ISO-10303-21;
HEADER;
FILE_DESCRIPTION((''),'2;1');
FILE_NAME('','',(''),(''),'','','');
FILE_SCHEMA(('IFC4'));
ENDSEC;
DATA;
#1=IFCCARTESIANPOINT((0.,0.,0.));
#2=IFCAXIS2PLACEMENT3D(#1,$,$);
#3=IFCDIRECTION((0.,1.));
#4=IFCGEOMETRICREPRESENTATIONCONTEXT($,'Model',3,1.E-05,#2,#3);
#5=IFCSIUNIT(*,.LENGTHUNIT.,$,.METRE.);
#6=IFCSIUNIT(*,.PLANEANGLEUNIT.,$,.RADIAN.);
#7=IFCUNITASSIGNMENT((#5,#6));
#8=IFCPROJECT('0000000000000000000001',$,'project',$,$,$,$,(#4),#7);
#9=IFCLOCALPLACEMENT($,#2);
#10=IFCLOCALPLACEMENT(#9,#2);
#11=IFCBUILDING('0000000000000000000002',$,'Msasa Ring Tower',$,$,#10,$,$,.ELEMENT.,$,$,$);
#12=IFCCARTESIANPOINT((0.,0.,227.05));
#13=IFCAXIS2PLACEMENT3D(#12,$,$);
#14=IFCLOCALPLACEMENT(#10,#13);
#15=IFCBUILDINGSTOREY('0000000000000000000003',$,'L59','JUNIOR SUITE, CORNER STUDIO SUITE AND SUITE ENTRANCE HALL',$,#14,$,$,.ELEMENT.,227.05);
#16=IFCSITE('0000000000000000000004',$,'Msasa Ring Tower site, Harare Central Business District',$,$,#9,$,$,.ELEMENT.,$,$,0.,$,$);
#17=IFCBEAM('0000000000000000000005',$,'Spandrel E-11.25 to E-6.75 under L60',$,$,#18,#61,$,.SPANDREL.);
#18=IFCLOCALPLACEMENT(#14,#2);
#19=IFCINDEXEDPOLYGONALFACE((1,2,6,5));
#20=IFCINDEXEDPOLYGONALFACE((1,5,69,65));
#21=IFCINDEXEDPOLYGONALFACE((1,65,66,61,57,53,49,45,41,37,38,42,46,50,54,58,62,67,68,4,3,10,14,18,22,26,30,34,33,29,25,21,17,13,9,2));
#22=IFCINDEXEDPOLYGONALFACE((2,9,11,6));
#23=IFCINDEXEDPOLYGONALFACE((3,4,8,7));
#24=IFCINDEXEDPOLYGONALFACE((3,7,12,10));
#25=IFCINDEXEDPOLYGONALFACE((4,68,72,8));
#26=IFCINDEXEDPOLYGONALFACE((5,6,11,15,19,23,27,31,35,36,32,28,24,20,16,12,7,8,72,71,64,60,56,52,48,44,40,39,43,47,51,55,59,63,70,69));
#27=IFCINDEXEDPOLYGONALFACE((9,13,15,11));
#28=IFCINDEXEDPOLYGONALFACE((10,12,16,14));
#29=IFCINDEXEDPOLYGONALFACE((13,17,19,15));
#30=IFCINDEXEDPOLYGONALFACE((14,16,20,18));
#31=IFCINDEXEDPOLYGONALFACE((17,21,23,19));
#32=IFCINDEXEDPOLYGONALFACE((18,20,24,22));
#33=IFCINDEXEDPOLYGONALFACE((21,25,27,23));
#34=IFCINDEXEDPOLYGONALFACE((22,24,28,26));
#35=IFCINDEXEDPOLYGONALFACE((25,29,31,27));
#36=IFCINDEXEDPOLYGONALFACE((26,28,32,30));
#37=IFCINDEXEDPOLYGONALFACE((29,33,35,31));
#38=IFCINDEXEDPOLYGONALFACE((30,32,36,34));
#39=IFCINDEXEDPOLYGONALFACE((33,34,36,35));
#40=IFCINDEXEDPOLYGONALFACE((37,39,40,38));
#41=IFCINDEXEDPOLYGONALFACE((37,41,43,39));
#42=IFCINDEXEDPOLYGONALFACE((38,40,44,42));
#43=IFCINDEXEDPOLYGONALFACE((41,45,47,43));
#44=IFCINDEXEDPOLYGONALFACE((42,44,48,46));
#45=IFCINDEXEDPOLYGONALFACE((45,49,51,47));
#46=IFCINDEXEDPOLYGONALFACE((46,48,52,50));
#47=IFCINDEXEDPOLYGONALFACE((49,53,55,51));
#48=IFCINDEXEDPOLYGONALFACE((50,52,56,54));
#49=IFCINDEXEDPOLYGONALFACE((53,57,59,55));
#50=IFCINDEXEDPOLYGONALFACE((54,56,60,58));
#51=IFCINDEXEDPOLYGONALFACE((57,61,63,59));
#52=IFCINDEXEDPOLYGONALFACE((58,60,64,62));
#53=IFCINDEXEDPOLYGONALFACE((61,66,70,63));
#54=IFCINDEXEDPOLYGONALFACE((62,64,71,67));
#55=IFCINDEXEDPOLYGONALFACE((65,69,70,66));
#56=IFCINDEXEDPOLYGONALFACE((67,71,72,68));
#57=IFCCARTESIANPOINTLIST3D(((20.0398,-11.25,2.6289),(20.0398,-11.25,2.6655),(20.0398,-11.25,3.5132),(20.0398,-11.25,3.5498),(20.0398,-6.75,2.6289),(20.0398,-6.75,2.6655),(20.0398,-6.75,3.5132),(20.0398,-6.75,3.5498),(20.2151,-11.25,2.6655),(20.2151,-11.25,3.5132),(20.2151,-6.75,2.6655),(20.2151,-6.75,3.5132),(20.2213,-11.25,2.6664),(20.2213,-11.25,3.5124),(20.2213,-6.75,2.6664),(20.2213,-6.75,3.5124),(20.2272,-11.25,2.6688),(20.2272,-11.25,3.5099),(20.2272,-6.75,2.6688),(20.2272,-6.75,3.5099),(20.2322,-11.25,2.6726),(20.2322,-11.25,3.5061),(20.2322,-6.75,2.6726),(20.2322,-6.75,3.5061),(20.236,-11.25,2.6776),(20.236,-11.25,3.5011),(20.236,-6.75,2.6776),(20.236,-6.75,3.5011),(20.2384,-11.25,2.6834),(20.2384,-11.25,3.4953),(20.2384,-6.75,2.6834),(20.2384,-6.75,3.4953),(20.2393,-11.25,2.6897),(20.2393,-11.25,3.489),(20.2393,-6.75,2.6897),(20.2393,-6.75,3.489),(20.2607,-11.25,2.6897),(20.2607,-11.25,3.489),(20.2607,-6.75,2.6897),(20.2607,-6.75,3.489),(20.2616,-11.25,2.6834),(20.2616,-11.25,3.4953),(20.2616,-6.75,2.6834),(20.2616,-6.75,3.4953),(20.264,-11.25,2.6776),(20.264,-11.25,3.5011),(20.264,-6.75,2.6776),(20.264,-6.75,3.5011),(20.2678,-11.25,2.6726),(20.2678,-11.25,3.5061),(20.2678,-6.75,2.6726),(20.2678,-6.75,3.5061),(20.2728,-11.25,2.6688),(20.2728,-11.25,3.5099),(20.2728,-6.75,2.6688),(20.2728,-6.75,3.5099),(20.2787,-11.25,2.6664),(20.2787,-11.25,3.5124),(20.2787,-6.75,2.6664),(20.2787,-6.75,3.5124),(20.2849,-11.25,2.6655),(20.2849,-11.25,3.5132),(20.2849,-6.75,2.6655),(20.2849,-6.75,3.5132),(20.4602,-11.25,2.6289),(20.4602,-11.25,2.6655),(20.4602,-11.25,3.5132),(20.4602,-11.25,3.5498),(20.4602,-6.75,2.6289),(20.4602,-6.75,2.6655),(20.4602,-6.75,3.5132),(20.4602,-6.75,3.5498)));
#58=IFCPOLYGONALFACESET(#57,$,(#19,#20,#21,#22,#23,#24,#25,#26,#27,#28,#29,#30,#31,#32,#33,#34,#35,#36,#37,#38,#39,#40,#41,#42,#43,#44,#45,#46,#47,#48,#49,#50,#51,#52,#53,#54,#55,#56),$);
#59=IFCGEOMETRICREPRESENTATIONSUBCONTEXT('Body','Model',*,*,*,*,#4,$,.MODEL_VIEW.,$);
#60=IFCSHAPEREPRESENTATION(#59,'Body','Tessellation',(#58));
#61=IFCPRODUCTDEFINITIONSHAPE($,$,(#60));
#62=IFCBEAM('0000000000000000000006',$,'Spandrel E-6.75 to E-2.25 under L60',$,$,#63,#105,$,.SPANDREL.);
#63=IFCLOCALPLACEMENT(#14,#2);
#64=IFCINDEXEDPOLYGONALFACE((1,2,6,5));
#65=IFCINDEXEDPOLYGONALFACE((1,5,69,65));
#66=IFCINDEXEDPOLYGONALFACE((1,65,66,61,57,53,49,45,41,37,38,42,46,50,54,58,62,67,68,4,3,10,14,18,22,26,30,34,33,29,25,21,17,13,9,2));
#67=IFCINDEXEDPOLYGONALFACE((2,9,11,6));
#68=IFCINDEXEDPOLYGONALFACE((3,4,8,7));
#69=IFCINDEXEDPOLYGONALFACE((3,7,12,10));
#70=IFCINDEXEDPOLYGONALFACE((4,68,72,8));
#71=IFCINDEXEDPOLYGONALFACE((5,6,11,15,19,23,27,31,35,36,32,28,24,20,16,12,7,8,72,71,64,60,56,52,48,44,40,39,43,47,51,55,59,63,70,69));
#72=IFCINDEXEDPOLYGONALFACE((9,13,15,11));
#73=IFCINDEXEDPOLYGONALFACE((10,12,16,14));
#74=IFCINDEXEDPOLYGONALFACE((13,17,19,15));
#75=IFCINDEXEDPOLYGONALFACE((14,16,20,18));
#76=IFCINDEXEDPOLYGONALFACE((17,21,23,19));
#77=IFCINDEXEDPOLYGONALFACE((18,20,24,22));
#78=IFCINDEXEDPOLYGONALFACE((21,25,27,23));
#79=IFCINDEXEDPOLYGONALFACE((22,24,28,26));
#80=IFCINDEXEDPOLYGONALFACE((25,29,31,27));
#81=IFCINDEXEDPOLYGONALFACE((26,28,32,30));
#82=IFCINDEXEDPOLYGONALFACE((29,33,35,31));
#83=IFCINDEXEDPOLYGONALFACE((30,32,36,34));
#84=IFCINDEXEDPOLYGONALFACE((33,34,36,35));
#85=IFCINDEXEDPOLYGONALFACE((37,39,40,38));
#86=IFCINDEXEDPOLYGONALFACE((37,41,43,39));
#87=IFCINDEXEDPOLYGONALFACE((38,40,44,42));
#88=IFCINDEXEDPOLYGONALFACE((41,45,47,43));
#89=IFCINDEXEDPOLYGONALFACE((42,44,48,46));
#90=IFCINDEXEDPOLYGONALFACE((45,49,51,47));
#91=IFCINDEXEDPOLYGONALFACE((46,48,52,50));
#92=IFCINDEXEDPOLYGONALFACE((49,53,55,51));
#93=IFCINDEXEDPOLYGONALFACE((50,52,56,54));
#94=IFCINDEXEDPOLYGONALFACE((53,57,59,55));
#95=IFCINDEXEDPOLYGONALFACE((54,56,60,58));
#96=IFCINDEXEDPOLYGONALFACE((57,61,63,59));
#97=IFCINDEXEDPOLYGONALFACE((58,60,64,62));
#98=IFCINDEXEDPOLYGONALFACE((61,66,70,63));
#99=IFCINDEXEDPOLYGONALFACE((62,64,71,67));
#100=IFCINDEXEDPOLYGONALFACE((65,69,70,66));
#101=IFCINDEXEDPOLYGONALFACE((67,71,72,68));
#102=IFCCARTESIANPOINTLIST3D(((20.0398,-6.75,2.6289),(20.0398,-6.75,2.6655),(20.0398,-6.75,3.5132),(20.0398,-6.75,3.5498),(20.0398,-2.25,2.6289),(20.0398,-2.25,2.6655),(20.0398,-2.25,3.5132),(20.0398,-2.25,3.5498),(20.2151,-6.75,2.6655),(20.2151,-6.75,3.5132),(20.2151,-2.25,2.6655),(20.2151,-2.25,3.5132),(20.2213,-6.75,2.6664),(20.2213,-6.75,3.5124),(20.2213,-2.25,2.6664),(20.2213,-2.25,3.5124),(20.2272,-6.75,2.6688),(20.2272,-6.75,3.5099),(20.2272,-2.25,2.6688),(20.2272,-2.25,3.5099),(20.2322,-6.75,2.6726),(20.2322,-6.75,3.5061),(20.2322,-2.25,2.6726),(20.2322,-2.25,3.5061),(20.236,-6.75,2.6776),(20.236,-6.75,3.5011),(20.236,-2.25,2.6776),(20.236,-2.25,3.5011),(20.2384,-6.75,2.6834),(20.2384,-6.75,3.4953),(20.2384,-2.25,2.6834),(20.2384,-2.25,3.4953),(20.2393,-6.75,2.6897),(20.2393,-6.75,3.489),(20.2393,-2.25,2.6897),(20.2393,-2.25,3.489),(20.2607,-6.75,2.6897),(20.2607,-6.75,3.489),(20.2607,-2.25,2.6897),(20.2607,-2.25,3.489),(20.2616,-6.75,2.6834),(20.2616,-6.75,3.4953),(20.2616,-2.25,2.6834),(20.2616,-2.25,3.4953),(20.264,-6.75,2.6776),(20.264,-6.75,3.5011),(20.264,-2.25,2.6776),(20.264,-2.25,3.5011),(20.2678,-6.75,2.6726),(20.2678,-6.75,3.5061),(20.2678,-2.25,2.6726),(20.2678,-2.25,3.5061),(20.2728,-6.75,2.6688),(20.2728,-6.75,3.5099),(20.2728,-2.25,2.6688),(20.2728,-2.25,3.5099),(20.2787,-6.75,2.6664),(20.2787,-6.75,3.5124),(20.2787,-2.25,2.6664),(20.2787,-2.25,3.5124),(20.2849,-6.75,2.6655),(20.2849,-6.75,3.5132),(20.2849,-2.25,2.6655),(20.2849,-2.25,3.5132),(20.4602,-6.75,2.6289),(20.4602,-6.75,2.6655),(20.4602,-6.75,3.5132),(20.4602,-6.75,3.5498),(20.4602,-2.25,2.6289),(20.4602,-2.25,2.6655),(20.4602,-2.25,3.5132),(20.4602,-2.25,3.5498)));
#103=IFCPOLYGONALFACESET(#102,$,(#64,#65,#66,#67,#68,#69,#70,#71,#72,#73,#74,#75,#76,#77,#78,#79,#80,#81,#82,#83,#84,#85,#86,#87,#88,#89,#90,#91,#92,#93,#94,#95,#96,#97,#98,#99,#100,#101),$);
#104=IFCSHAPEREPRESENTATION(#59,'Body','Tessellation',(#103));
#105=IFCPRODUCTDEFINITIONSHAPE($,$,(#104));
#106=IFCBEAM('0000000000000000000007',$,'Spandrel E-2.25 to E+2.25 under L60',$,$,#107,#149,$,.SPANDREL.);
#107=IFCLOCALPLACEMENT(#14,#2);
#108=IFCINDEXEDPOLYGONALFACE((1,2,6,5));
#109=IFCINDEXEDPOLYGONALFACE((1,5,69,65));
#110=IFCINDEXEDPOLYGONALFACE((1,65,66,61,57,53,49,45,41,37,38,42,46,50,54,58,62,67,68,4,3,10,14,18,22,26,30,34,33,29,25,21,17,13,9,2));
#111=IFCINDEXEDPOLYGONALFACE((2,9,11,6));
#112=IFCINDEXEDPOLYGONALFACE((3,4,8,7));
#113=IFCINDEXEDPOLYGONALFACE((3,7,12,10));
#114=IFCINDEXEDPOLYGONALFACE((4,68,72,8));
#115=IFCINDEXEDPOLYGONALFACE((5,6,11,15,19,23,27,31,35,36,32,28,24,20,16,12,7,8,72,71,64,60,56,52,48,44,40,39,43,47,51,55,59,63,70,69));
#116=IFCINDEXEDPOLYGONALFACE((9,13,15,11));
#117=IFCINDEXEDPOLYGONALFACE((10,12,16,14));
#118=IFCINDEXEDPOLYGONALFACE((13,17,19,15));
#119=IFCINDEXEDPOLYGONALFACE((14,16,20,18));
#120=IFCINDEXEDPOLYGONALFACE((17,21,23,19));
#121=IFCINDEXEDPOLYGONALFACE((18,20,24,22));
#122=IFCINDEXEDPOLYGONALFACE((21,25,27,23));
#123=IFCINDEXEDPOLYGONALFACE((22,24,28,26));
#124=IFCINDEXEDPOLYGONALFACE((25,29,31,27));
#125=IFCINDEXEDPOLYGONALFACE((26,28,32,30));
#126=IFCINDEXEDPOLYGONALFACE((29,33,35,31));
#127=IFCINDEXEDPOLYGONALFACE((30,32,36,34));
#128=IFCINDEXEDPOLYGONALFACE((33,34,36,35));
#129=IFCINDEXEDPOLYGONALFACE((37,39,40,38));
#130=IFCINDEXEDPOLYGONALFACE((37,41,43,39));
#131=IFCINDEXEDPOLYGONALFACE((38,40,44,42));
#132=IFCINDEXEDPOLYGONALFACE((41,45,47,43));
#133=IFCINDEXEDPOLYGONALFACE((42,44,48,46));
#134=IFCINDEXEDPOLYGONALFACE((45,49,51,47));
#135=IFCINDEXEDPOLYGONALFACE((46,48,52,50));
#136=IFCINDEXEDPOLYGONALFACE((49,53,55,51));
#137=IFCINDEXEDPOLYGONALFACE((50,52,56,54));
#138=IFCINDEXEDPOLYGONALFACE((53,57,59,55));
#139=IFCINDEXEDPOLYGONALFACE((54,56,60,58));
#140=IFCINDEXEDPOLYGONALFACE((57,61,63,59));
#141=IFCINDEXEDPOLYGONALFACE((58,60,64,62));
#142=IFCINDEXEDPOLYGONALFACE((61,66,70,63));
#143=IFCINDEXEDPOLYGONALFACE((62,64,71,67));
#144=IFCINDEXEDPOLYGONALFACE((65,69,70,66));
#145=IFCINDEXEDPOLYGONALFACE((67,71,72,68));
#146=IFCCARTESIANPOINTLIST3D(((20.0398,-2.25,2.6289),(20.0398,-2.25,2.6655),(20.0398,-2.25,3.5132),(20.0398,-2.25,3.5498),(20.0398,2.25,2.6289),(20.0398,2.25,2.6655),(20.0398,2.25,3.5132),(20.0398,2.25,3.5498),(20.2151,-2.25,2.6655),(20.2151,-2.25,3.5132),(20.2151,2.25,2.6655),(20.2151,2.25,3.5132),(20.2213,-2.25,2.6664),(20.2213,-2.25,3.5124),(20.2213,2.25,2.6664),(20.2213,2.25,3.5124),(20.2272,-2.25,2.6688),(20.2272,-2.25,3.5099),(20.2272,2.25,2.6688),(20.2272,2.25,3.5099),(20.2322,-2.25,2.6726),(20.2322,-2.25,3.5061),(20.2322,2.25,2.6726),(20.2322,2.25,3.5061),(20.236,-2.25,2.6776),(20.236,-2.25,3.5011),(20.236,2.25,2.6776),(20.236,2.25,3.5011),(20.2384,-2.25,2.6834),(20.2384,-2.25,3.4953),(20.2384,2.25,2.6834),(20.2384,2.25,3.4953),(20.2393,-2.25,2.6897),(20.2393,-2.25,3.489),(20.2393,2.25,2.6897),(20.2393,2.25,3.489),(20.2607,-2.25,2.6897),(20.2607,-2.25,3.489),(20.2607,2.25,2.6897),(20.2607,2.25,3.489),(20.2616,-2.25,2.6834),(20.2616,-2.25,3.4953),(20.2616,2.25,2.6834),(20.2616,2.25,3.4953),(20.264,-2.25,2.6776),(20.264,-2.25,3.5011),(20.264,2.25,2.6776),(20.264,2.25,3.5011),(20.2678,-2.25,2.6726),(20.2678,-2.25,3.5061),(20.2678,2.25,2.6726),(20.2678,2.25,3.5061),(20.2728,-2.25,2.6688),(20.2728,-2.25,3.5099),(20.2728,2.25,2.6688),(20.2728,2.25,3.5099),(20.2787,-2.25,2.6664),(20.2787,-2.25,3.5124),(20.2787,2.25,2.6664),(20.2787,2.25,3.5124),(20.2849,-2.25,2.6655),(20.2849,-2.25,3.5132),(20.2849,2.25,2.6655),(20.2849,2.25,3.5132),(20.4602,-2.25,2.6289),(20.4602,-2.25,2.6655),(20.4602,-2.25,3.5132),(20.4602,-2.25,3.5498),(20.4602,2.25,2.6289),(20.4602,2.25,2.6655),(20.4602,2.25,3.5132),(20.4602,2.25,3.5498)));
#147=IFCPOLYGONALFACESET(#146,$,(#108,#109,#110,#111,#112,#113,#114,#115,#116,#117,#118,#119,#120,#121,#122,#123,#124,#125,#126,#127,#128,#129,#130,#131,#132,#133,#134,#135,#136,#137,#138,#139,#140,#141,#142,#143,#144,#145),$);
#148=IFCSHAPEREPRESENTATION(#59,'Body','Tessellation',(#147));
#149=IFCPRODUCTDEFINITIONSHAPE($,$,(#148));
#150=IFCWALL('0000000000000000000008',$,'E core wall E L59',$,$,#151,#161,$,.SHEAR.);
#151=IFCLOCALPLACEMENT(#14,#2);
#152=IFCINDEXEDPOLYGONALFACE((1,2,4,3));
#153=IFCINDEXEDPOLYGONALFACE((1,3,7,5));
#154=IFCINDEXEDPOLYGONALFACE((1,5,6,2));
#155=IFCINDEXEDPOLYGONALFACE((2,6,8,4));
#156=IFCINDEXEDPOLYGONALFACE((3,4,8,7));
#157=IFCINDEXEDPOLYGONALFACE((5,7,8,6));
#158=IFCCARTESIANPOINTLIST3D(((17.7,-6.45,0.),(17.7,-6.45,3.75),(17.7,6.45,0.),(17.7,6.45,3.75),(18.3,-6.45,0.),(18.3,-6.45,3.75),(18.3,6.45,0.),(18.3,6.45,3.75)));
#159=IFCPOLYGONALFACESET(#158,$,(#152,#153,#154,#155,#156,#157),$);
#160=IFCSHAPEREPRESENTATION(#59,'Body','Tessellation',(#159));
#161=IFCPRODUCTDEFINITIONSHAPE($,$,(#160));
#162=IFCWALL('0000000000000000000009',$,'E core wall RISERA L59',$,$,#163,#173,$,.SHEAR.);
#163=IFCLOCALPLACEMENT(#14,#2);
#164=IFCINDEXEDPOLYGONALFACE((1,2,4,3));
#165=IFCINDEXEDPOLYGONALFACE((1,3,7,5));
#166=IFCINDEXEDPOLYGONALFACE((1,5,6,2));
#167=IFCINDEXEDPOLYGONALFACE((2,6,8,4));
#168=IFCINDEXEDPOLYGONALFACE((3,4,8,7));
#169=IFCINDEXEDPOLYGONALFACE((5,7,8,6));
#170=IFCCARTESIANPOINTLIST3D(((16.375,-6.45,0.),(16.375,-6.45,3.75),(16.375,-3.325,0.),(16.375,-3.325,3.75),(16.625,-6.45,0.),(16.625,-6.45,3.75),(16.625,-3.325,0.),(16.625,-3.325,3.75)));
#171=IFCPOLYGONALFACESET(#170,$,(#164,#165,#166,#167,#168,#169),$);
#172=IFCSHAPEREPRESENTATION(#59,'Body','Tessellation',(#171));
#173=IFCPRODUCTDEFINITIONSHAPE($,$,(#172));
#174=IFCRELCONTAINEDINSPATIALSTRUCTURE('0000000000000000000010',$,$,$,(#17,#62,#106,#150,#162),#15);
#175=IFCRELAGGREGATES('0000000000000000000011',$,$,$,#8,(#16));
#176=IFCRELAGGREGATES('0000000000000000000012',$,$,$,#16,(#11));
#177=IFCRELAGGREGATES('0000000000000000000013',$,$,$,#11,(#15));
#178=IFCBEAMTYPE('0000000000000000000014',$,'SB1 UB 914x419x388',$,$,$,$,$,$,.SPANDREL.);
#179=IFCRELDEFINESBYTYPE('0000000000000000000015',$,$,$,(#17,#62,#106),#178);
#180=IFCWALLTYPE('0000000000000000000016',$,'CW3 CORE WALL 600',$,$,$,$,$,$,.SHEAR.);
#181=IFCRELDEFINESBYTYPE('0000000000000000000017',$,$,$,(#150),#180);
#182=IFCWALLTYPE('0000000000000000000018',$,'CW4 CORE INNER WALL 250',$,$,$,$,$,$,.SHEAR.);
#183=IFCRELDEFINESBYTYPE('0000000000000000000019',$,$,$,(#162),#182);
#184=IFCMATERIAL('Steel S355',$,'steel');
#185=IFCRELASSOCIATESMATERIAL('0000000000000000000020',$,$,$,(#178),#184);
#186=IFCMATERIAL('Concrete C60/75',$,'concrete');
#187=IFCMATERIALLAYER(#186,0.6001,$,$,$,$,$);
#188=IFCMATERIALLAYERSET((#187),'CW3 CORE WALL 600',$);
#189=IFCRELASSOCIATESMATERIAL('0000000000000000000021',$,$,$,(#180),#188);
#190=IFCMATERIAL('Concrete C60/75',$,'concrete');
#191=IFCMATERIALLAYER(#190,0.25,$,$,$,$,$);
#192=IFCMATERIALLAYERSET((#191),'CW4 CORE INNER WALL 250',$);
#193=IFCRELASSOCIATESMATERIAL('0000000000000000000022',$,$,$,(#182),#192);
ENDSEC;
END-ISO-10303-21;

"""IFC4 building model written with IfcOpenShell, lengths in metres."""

from ifc_helpers import new_model, si_unit, direction, frame, frame_2d, origin, origin_2d, place, context, subcontext, project, spatial, rectangle, i_section, extrude, material, layer, layer_set, material_profile, profile_set, type_object, element, save


model = new_model("IFC4")

# Units and contexts
model_context = context("Model", 3, precision=1e-05, world=origin(), true_north=direction((0.0, 1.0)))
body_context = subcontext(model_context, "Body", "Model", "MODEL_VIEW")
ifc_project = project(units=[si_unit("LENGTHUNIT", "METRE"), si_unit("PLANEANGLEUNIT", "RADIAN")], contexts=[model_context])

# Site, building, storey
site_placement = place(None, origin())
site = spatial("IfcSite", under=ifc_project, at=site_placement, Name="Msasa Ring Tower site, Harare Central Business District", CompositionType="ELEMENT", RefElevation=0.0)
building_placement = place(site_placement, origin())
building = spatial("IfcBuilding", under=site, at=building_placement, Name="Msasa Ring Tower", CompositionType="ELEMENT")
storey_placement = place(building_placement, frame((0.0, 0.0, 227.05)))
storey = spatial("IfcBuildingStorey", under=building, at=storey_placement, Name="L59", Description="JUNIOR SUITE, CORNER STUDIO SUITE AND SUITE ENTRANCE HALL", CompositionType="ELEMENT", Elevation=227.05)

# Beams
ifc_material_1 = material(Name="Steel S355", Category="steel")
ifc_material_profile_1 = material_profile(ifc_material_1, i_section(OverallWidth=0.4204, OverallDepth=0.9209, WebThickness=0.0215, FlangeThickness=0.0366, FilletRadius=0.0242, at=origin_2d()), Name="UB 914x419x388")
ifc_profile_set_1 = profile_set([ifc_material_profile_1], Name="Steel S355")
beam_type_1 = type_object("IfcBeamType", Name="SB1 UB 914x419x388", PredefinedType="SPANDREL", material=ifc_profile_set_1)
for number, where, z_axis, x_axis, name in (
    (1, (20.25, -11.25, 3.0894), (0.0, 1.0, 0.0), (-1.0, 0.0, 0.0), "Spandrel E-11.25 to E-6.75 under L60"),
    (2, (20.25, -6.75, 3.0894), (0.0, 1.0, 0.0), (-1.0, 0.0, 0.0), "Spandrel E-6.75 to E-2.25 under L60"),
    (3, (20.25, -2.25, 3.0894), (0.0, 1.0, 0.0), (-1.0, 0.0, 0.0), "Spandrel E-2.25 to E+2.25 under L60"),
):
    element("IfcBeam", number, at=place(storey_placement, frame(where, z_axis=z_axis, x_axis=x_axis)), inside=storey, type_object=beam_type_1, Name=name, PredefinedType="SPANDREL", context=body_context, shape_type="SweptSolid", body=[
        extrude(i_section(OverallWidth=0.4204, OverallDepth=0.9209, WebThickness=0.0215, FlangeThickness=0.0366, FilletRadius=0.0242, at=origin_2d()), origin(), (0.0, 0.0, 1.0), 4.5),
    ])

# Walls
ifc_material_2 = material(Name="Concrete C60/75", Category="concrete")
ifc_layer_1 = layer(ifc_material_2, 0.6001)
ifc_layer_set_1 = layer_set([ifc_layer_1], Name="CW3 CORE WALL 600")
wall_type_1 = type_object("IfcWallType", Name="CW3 CORE WALL 600", PredefinedType="SHEAR", material=ifc_layer_set_1)
wall_1_placement = place(storey_placement, frame((18.0, -6.45, 0.0), z_axis=(0.0, 0.0, 1.0), x_axis=(0.0, 1.0, 0.0)))
element("IfcWall", 4, at=wall_1_placement, inside=storey, type_object=wall_type_1, Name="E core wall E L59", PredefinedType="SHEAR", context=body_context, shape_type="SweptSolid", body=[
    extrude(rectangle(XDim=12.8999, YDim=0.6001, at=frame_2d((6.45, 0.0))), origin(), (0.0, 0.0, 1.0), 3.75),
])
ifc_material_3 = material(Name="Concrete C60/75", Category="concrete")
ifc_layer_2 = layer(ifc_material_3, 0.25)
ifc_layer_set_2 = layer_set([ifc_layer_2], Name="CW4 CORE INNER WALL 250")
wall_type_2 = type_object("IfcWallType", Name="CW4 CORE INNER WALL 250", PredefinedType="SHEAR", material=ifc_layer_set_2)
wall_2_placement = place(storey_placement, frame((16.5, -6.45, 0.0), z_axis=(0.0, 0.0, 1.0), x_axis=(0.0, 1.0, 0.0)))
element("IfcWall", 5, at=wall_2_placement, inside=storey, type_object=wall_type_2, Name="E core wall RISERA L59", PredefinedType="SHEAR", context=body_context, shape_type="SweptSolid", body=[
    extrude(rectangle(XDim=3.125, YDim=0.25, at=frame_2d((1.5625, 0.0))), origin(), (0.0, 0.0, 1.0), 3.75),
])

save(model, "model.ifc")
